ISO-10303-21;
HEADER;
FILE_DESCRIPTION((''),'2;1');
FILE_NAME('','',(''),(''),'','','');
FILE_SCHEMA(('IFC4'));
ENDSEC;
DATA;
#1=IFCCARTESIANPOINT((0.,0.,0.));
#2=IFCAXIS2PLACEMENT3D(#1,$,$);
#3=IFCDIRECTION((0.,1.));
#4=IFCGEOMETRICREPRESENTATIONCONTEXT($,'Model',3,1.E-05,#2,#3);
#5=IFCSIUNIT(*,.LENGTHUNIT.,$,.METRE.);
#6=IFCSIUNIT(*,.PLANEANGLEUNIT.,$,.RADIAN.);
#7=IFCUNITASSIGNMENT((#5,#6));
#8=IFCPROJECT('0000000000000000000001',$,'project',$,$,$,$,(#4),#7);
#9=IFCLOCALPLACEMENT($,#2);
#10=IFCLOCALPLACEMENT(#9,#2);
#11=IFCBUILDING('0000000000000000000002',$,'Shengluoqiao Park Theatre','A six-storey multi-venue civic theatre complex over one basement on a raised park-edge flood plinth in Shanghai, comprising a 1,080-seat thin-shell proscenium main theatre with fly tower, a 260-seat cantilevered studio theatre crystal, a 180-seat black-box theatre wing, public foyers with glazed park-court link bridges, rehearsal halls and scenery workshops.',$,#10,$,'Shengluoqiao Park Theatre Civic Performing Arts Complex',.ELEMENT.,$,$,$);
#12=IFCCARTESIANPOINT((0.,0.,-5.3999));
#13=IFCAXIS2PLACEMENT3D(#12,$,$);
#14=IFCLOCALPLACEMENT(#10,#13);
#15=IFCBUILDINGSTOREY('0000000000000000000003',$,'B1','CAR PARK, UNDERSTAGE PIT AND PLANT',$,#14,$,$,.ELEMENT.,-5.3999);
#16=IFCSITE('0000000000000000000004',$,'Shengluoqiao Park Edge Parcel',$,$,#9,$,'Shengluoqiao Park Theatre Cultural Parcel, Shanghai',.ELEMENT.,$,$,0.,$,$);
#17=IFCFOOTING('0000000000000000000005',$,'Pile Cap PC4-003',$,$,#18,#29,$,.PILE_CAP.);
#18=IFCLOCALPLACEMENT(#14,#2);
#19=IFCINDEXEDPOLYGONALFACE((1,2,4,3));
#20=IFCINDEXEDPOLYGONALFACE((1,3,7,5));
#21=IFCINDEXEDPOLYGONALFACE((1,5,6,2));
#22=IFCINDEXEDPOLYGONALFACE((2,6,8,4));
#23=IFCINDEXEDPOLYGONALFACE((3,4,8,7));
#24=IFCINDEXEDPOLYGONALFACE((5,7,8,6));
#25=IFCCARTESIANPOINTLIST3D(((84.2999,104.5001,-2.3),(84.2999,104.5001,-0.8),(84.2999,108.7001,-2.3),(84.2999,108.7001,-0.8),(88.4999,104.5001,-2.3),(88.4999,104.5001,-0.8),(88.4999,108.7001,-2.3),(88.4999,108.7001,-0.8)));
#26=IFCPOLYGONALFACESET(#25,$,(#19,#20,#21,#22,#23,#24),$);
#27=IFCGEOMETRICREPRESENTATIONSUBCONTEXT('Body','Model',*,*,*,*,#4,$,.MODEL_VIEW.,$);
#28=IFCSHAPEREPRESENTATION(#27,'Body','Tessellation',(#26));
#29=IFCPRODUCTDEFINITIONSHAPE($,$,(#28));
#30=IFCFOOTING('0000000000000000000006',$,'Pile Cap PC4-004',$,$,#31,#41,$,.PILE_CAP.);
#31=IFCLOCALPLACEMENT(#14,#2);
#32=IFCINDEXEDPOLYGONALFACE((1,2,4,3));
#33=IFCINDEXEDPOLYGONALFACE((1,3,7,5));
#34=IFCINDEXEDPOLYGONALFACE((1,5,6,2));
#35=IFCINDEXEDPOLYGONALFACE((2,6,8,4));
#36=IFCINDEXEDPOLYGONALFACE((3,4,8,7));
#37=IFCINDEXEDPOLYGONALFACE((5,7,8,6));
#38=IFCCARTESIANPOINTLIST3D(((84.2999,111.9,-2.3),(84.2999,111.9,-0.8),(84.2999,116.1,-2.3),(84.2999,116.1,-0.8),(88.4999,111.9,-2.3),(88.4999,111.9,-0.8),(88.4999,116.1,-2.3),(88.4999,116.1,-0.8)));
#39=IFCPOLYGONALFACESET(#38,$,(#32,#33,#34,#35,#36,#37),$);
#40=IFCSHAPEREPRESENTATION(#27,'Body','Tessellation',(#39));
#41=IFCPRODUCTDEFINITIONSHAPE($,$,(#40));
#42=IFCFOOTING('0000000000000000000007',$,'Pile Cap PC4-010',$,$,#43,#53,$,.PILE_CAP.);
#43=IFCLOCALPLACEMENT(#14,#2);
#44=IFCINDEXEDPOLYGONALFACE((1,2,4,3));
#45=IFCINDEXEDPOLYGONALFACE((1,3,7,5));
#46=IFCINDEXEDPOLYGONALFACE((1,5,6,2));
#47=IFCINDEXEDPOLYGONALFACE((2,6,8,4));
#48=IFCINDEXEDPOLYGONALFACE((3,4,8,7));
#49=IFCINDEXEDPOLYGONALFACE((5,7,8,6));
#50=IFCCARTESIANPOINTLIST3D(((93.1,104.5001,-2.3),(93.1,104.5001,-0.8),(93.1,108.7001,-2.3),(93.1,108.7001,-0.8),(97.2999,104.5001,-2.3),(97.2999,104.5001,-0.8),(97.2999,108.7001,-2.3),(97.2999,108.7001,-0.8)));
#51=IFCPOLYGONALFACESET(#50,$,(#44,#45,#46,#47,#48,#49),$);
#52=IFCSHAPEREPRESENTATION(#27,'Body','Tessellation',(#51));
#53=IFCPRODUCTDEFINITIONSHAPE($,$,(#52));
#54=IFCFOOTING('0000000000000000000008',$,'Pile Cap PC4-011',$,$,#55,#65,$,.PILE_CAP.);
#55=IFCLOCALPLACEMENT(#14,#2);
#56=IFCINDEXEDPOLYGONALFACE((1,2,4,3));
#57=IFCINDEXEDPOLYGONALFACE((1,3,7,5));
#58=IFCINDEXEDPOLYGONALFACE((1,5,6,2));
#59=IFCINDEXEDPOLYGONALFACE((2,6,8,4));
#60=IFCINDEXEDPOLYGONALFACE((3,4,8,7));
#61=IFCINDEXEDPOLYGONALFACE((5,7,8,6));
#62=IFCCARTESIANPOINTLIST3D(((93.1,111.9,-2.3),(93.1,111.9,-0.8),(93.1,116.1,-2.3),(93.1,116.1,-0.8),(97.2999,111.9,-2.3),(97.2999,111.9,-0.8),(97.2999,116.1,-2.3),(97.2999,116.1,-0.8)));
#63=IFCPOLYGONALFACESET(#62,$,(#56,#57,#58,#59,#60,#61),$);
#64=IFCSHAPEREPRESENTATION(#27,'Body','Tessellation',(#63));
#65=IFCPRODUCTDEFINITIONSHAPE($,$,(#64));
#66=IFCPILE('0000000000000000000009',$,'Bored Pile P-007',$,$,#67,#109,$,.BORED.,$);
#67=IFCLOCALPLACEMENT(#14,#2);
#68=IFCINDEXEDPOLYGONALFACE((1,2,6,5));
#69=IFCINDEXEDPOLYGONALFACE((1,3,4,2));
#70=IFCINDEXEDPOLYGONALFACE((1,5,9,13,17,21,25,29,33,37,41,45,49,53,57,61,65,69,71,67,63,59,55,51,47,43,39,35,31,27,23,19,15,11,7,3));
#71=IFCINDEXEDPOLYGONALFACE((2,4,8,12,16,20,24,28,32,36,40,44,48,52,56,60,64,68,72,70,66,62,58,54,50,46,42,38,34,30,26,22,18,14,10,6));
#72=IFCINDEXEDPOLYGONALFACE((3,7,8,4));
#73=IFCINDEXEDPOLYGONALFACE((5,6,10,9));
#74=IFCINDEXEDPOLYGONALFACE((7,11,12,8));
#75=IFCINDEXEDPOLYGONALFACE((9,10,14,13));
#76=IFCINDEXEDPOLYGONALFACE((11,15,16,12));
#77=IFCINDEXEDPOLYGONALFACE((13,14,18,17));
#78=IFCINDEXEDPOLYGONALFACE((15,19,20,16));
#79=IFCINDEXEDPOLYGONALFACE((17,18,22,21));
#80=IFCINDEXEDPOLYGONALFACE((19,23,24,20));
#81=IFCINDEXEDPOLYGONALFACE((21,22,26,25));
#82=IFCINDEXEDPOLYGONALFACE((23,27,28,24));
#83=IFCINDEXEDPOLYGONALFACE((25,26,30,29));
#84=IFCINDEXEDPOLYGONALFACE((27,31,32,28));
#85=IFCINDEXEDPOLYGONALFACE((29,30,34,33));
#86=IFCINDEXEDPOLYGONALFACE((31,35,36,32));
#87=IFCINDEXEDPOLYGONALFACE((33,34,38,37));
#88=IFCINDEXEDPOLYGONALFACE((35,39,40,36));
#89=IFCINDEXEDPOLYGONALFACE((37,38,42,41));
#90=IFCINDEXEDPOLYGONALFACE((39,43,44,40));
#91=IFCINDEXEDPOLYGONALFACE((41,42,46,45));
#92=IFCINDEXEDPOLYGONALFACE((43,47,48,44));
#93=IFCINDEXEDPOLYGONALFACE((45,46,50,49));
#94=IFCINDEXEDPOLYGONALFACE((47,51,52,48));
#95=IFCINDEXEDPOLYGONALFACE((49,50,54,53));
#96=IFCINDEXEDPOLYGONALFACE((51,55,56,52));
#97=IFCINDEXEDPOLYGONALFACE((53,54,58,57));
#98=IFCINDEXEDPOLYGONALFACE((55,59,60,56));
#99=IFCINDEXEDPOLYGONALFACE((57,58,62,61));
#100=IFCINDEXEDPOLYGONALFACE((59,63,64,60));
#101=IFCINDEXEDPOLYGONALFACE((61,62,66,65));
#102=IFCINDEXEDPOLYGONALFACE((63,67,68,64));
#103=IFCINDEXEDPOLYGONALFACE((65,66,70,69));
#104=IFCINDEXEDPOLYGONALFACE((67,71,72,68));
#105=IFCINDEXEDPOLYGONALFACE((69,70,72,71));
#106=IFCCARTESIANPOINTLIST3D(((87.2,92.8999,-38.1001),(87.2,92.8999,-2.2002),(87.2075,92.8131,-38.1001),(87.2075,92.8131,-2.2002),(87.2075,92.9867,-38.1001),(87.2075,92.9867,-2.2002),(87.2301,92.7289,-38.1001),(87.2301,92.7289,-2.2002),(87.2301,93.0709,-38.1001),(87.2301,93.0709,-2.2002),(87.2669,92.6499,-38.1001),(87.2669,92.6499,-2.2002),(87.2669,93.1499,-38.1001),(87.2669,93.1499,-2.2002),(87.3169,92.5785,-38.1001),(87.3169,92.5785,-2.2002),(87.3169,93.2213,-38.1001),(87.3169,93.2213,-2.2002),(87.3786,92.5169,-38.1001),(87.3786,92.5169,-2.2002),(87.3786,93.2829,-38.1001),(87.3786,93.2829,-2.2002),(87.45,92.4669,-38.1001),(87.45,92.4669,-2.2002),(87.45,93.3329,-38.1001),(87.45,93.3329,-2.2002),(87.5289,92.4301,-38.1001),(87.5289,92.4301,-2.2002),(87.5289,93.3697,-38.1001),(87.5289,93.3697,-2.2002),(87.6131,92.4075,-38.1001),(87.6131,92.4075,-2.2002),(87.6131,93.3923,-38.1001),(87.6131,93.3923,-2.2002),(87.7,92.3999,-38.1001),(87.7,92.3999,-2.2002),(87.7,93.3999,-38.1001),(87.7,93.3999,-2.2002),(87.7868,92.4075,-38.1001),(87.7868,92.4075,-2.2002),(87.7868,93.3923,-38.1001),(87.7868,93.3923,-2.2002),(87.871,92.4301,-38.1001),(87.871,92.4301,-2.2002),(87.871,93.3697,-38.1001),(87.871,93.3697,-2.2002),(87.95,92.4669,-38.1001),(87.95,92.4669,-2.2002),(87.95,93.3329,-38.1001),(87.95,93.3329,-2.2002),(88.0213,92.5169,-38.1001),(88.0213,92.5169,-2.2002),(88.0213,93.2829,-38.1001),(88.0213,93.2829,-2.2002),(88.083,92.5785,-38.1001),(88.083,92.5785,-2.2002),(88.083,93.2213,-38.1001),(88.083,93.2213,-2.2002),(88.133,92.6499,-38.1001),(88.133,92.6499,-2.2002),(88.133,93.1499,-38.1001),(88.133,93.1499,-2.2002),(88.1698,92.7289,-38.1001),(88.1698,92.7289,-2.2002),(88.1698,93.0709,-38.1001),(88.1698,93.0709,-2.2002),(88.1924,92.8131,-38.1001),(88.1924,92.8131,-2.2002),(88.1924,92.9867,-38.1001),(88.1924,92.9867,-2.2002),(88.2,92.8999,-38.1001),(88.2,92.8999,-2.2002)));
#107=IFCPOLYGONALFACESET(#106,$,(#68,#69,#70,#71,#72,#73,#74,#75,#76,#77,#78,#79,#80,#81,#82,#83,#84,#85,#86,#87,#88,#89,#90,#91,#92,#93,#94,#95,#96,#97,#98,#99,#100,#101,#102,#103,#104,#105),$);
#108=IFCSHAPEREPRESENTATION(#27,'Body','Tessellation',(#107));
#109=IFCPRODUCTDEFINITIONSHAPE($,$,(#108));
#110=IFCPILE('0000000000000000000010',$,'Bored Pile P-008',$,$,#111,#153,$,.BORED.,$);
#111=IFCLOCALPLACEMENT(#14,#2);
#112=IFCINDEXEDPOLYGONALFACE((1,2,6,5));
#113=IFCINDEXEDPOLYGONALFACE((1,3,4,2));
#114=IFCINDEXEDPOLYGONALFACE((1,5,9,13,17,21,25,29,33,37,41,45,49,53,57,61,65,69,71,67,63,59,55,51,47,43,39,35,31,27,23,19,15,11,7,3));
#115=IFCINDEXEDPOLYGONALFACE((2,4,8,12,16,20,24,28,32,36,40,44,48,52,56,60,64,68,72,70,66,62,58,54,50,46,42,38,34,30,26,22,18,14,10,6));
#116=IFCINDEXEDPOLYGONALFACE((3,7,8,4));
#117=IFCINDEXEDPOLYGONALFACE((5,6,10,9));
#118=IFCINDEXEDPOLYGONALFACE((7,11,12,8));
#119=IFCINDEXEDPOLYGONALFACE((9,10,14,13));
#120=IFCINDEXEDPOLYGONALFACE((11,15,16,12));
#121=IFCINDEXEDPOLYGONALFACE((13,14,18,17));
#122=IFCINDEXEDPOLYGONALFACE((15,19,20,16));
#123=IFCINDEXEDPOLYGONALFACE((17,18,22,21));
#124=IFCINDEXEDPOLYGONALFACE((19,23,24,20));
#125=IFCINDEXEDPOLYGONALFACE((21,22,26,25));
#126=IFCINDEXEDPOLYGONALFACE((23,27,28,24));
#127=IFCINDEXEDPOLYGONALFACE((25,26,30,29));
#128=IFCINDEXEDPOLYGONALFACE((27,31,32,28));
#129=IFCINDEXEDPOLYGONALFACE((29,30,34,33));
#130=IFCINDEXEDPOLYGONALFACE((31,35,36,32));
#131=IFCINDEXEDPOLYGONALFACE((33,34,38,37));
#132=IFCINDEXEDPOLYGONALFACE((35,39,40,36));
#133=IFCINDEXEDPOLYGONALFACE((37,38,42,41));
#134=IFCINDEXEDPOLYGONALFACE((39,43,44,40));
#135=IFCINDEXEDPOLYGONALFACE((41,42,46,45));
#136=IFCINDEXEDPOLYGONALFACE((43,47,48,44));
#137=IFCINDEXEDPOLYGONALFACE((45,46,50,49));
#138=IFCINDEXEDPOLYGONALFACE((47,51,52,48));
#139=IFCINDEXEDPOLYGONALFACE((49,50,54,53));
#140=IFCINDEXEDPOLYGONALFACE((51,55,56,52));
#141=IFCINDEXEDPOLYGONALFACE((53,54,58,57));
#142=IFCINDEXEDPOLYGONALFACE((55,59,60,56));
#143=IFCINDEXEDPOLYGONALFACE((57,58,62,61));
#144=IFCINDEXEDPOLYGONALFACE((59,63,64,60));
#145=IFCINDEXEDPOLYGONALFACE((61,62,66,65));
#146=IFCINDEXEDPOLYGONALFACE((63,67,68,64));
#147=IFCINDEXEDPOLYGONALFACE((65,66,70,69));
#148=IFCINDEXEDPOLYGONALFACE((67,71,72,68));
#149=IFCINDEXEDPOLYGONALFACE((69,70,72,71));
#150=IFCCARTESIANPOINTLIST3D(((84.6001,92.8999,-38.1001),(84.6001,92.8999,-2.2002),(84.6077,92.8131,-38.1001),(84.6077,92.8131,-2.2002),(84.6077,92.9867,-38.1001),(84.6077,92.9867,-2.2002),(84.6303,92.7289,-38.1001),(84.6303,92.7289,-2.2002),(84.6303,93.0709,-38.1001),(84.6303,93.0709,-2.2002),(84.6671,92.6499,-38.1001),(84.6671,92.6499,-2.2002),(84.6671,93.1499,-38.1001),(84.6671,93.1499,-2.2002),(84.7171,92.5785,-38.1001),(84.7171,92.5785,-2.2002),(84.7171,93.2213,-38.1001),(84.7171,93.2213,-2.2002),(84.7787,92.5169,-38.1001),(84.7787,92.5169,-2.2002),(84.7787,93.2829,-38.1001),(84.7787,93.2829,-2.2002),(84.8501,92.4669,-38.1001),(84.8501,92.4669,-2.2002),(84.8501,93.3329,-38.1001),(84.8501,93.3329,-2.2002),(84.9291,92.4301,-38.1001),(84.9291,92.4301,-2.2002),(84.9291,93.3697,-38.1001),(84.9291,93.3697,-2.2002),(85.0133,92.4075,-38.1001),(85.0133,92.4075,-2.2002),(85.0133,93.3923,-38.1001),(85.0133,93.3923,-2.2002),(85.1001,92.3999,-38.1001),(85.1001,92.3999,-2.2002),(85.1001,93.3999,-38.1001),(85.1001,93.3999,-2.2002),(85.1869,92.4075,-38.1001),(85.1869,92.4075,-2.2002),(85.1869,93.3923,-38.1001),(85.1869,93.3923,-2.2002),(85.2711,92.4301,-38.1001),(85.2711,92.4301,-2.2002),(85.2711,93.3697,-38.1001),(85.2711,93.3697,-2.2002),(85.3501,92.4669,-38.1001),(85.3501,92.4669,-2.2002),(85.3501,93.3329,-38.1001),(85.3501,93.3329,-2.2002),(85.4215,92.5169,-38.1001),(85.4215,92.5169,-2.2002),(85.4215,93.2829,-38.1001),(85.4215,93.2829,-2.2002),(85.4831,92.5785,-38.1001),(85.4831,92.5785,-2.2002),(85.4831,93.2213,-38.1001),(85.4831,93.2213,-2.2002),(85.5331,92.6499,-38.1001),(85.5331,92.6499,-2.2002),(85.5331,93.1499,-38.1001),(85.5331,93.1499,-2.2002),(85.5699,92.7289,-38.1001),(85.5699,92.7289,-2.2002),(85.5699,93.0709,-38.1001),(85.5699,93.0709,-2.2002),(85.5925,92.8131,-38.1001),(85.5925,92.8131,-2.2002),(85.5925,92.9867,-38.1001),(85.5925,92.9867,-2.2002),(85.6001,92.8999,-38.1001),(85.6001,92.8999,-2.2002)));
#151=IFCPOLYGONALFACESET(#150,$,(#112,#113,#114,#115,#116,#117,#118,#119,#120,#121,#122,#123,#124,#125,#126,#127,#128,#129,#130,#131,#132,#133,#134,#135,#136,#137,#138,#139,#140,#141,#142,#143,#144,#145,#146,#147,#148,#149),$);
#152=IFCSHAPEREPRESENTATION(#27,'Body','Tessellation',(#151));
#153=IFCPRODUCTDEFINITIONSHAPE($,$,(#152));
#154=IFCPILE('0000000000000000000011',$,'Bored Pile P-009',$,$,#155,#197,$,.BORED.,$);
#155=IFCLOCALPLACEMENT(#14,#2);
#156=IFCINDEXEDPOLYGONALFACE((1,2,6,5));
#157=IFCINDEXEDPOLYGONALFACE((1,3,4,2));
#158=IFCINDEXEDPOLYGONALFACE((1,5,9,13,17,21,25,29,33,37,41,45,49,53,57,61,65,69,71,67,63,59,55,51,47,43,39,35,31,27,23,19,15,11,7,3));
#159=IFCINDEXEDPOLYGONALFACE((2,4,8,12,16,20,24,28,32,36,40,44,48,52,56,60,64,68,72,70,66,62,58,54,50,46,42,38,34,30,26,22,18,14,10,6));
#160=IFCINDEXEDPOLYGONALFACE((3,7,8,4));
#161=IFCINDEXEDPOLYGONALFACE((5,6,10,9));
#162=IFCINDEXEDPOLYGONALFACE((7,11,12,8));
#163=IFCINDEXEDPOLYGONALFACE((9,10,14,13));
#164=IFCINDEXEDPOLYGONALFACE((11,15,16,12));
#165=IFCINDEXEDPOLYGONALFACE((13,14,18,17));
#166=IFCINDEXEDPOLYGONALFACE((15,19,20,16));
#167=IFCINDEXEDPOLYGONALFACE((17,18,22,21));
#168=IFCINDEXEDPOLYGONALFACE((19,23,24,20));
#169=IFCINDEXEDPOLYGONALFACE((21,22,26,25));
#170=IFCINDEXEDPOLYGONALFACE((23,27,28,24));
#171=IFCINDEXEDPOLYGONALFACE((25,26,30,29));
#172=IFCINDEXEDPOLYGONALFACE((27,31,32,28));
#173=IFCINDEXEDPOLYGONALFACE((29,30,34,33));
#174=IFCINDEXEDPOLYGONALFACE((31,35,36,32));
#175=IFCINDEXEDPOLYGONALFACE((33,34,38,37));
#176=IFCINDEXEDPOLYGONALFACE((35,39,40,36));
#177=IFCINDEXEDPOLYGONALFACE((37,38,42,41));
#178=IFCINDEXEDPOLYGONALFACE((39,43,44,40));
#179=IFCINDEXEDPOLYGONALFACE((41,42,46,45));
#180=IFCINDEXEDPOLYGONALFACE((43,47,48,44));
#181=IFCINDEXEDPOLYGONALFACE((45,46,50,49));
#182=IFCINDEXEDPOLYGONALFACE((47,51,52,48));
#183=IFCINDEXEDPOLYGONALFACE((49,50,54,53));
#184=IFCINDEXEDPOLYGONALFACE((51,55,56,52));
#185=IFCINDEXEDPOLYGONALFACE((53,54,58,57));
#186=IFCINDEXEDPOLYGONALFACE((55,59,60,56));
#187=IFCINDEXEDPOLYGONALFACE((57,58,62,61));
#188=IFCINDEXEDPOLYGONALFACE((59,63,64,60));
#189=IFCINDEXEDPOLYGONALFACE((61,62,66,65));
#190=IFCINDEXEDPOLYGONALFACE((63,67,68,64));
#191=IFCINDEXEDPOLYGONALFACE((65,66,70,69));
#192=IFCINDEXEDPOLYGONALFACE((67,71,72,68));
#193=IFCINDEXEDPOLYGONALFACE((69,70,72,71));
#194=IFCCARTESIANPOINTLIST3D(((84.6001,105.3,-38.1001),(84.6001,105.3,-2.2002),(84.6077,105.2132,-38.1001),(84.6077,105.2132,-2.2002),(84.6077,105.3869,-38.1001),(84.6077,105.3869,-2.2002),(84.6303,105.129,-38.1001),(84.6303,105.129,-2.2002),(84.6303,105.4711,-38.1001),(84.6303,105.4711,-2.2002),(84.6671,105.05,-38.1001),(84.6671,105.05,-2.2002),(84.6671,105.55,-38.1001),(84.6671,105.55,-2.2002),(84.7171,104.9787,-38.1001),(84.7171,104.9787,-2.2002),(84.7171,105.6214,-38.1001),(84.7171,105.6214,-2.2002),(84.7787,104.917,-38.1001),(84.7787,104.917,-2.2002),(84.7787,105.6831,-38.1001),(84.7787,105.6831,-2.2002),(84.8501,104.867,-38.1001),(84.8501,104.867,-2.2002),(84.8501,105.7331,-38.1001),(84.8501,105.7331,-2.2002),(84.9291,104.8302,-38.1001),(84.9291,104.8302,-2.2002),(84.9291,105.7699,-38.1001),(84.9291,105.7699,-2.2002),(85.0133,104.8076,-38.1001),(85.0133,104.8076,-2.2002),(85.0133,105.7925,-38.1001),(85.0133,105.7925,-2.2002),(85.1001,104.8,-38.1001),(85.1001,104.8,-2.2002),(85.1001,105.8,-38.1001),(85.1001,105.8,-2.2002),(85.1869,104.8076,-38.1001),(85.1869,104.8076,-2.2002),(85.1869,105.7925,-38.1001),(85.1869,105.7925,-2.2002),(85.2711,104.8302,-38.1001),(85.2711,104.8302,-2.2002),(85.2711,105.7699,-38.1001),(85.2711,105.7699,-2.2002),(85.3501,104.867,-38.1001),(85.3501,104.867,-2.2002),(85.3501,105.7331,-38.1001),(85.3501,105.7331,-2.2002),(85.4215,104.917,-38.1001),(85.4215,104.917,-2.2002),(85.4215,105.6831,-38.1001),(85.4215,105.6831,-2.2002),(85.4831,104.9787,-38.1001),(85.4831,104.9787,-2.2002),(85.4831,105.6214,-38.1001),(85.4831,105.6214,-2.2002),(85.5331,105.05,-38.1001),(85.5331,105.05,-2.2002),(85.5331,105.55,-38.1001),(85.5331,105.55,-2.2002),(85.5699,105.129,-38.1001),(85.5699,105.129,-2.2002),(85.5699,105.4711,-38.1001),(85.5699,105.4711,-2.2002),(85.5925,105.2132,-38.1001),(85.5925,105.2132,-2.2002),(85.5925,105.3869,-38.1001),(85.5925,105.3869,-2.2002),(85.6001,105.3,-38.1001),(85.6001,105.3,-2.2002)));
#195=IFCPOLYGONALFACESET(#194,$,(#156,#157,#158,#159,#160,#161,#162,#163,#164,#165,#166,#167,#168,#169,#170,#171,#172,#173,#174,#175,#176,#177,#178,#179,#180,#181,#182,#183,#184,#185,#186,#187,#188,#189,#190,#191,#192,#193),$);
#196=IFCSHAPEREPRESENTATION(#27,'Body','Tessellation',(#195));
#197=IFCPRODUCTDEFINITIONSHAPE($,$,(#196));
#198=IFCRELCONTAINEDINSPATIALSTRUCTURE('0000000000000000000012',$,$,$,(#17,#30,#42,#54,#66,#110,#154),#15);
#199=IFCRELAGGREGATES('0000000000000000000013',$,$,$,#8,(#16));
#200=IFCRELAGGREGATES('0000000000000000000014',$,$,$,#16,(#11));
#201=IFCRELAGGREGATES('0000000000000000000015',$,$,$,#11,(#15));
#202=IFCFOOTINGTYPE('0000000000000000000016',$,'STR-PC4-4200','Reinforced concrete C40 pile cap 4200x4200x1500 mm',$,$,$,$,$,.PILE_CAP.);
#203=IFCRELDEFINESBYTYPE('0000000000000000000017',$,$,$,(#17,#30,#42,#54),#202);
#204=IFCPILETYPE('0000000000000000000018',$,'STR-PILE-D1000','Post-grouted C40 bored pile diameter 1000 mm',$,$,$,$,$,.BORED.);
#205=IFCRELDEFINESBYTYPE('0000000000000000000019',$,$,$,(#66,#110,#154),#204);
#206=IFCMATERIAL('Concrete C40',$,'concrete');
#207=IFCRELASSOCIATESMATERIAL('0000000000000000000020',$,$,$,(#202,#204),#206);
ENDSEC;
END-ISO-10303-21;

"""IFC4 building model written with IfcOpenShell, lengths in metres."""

from ifc_helpers import new_model, si_unit, direction, frame, origin, origin_2d, place, context, subcontext, project, spatial, rectangle, circle, extrude, material, material_profile, profile_set, type_object, element, save


model = new_model("IFC4")

# Units and contexts
model_context = context("Model", 3, precision=1e-05, world=origin(), true_north=direction((0.0, 1.0)))
body_context = subcontext(model_context, "Body", "Model", "MODEL_VIEW")
ifc_project = project(units=[si_unit("LENGTHUNIT", "METRE"), si_unit("PLANEANGLEUNIT", "RADIAN")], contexts=[model_context])

# Site, building, storey
site_placement = place(None, origin())
site = spatial("IfcSite", under=ifc_project, at=site_placement, Name="Shengluoqiao Park Edge Parcel", LongName="Shengluoqiao Park Theatre Cultural Parcel, Shanghai", CompositionType="ELEMENT", RefElevation=0.0)
building_placement = place(site_placement, origin())
building = spatial("IfcBuilding", under=site, at=building_placement, Name="Shengluoqiao Park Theatre", Description="A six-storey multi-venue civic theatre complex over one basement on a raised park-edge flood plinth in Shanghai, comprising a 1,080-seat thin-shell proscenium main theatre with fly tower, a 260-seat cantilevered studio theatre crystal, a 180-seat black-box theatre wing, public foyers with glazed park-court link bridges, rehearsal halls and scenery workshops.", LongName="Shengluoqiao Park Theatre Civic Performing Arts Complex", CompositionType="ELEMENT")
storey_placement = place(building_placement, frame((0.0, 0.0, -5.3999)))
storey = spatial("IfcBuildingStorey", under=building, at=storey_placement, Name="B1", Description="CAR PARK, UNDERSTAGE PIT AND PLANT", CompositionType="ELEMENT", Elevation=-5.3999)

# Footings
ifc_material_1 = material(Name="Concrete C40", Category="concrete")
footing_type = type_object("IfcFootingType", Name="STR-PC4-4200", Description="Reinforced concrete C40 pile cap 4200x4200x1500 mm", PredefinedType="PILE_CAP", material=ifc_material_1)
for number, where, z_axis, x_axis, name in (
    (1, (86.3999, 106.6001, -2.3), (0.0, 0.0, 1.0), (1.0, 0.0, 0.0), "Pile Cap PC4-003"),
    (2, (86.3999, 114.0, -2.3), (0.0, 0.0, 1.0), (1.0, 0.0, 0.0), "Pile Cap PC4-004"),
    (3, (95.2, 106.6001, -2.3), (0.0, 0.0, 1.0), (1.0, 0.0, 0.0), "Pile Cap PC4-010"),
    (4, (95.2, 114.0, -2.3), (0.0, 0.0, 1.0), (1.0, 0.0, 0.0), "Pile Cap PC4-011"),
):
    element("IfcFooting", number, at=place(storey_placement, frame(where, z_axis=z_axis, x_axis=x_axis)), inside=storey, type_object=footing_type, Name=name, PredefinedType="PILE_CAP", context=body_context, shape_type="SweptSolid", body=[
        extrude(rectangle(XDim=4.2, YDim=4.2, at=origin_2d()), origin(), (0.0, 0.0, 1.0), 1.5),
    ])

# Piles
ifc_material_profile_1 = material_profile(ifc_material_1, circle(Radius=0.5, at=origin_2d()), Name="BORED PILE D1000")
ifc_profile_set_1 = profile_set([ifc_material_profile_1], Name="Concrete C40")
pile_type = type_object("IfcPileType", Name="STR-PILE-D1000", Description="Post-grouted C40 bored pile diameter 1000 mm", PredefinedType="BORED", material=ifc_profile_set_1)
for number, where, z_axis, x_axis, name in (
    (5, (87.7, 92.8999, -2.2002), (0.0, 0.0, -1.0), (1.0, 0.0, 0.0), "Bored Pile P-007"),
    (6, (85.1001, 92.8999, -2.2002), (0.0, 0.0, -1.0), (1.0, 0.0, 0.0), "Bored Pile P-008"),
    (7, (85.1001, 105.3, -2.2002), (0.0, 0.0, -1.0), (1.0, 0.0, 0.0), "Bored Pile P-009"),
):
    element("IfcPile", number, at=place(storey_placement, frame(where, z_axis=z_axis, x_axis=x_axis)), inside=storey, type_object=pile_type, Name=name, PredefinedType="BORED", context=body_context, shape_type="SweptSolid", body=[
        extrude(circle(Radius=0.5, at=origin_2d()), origin(), (0.0, 0.0, 1.0), 35.8999),
    ])

save(model, "model.ifc")
